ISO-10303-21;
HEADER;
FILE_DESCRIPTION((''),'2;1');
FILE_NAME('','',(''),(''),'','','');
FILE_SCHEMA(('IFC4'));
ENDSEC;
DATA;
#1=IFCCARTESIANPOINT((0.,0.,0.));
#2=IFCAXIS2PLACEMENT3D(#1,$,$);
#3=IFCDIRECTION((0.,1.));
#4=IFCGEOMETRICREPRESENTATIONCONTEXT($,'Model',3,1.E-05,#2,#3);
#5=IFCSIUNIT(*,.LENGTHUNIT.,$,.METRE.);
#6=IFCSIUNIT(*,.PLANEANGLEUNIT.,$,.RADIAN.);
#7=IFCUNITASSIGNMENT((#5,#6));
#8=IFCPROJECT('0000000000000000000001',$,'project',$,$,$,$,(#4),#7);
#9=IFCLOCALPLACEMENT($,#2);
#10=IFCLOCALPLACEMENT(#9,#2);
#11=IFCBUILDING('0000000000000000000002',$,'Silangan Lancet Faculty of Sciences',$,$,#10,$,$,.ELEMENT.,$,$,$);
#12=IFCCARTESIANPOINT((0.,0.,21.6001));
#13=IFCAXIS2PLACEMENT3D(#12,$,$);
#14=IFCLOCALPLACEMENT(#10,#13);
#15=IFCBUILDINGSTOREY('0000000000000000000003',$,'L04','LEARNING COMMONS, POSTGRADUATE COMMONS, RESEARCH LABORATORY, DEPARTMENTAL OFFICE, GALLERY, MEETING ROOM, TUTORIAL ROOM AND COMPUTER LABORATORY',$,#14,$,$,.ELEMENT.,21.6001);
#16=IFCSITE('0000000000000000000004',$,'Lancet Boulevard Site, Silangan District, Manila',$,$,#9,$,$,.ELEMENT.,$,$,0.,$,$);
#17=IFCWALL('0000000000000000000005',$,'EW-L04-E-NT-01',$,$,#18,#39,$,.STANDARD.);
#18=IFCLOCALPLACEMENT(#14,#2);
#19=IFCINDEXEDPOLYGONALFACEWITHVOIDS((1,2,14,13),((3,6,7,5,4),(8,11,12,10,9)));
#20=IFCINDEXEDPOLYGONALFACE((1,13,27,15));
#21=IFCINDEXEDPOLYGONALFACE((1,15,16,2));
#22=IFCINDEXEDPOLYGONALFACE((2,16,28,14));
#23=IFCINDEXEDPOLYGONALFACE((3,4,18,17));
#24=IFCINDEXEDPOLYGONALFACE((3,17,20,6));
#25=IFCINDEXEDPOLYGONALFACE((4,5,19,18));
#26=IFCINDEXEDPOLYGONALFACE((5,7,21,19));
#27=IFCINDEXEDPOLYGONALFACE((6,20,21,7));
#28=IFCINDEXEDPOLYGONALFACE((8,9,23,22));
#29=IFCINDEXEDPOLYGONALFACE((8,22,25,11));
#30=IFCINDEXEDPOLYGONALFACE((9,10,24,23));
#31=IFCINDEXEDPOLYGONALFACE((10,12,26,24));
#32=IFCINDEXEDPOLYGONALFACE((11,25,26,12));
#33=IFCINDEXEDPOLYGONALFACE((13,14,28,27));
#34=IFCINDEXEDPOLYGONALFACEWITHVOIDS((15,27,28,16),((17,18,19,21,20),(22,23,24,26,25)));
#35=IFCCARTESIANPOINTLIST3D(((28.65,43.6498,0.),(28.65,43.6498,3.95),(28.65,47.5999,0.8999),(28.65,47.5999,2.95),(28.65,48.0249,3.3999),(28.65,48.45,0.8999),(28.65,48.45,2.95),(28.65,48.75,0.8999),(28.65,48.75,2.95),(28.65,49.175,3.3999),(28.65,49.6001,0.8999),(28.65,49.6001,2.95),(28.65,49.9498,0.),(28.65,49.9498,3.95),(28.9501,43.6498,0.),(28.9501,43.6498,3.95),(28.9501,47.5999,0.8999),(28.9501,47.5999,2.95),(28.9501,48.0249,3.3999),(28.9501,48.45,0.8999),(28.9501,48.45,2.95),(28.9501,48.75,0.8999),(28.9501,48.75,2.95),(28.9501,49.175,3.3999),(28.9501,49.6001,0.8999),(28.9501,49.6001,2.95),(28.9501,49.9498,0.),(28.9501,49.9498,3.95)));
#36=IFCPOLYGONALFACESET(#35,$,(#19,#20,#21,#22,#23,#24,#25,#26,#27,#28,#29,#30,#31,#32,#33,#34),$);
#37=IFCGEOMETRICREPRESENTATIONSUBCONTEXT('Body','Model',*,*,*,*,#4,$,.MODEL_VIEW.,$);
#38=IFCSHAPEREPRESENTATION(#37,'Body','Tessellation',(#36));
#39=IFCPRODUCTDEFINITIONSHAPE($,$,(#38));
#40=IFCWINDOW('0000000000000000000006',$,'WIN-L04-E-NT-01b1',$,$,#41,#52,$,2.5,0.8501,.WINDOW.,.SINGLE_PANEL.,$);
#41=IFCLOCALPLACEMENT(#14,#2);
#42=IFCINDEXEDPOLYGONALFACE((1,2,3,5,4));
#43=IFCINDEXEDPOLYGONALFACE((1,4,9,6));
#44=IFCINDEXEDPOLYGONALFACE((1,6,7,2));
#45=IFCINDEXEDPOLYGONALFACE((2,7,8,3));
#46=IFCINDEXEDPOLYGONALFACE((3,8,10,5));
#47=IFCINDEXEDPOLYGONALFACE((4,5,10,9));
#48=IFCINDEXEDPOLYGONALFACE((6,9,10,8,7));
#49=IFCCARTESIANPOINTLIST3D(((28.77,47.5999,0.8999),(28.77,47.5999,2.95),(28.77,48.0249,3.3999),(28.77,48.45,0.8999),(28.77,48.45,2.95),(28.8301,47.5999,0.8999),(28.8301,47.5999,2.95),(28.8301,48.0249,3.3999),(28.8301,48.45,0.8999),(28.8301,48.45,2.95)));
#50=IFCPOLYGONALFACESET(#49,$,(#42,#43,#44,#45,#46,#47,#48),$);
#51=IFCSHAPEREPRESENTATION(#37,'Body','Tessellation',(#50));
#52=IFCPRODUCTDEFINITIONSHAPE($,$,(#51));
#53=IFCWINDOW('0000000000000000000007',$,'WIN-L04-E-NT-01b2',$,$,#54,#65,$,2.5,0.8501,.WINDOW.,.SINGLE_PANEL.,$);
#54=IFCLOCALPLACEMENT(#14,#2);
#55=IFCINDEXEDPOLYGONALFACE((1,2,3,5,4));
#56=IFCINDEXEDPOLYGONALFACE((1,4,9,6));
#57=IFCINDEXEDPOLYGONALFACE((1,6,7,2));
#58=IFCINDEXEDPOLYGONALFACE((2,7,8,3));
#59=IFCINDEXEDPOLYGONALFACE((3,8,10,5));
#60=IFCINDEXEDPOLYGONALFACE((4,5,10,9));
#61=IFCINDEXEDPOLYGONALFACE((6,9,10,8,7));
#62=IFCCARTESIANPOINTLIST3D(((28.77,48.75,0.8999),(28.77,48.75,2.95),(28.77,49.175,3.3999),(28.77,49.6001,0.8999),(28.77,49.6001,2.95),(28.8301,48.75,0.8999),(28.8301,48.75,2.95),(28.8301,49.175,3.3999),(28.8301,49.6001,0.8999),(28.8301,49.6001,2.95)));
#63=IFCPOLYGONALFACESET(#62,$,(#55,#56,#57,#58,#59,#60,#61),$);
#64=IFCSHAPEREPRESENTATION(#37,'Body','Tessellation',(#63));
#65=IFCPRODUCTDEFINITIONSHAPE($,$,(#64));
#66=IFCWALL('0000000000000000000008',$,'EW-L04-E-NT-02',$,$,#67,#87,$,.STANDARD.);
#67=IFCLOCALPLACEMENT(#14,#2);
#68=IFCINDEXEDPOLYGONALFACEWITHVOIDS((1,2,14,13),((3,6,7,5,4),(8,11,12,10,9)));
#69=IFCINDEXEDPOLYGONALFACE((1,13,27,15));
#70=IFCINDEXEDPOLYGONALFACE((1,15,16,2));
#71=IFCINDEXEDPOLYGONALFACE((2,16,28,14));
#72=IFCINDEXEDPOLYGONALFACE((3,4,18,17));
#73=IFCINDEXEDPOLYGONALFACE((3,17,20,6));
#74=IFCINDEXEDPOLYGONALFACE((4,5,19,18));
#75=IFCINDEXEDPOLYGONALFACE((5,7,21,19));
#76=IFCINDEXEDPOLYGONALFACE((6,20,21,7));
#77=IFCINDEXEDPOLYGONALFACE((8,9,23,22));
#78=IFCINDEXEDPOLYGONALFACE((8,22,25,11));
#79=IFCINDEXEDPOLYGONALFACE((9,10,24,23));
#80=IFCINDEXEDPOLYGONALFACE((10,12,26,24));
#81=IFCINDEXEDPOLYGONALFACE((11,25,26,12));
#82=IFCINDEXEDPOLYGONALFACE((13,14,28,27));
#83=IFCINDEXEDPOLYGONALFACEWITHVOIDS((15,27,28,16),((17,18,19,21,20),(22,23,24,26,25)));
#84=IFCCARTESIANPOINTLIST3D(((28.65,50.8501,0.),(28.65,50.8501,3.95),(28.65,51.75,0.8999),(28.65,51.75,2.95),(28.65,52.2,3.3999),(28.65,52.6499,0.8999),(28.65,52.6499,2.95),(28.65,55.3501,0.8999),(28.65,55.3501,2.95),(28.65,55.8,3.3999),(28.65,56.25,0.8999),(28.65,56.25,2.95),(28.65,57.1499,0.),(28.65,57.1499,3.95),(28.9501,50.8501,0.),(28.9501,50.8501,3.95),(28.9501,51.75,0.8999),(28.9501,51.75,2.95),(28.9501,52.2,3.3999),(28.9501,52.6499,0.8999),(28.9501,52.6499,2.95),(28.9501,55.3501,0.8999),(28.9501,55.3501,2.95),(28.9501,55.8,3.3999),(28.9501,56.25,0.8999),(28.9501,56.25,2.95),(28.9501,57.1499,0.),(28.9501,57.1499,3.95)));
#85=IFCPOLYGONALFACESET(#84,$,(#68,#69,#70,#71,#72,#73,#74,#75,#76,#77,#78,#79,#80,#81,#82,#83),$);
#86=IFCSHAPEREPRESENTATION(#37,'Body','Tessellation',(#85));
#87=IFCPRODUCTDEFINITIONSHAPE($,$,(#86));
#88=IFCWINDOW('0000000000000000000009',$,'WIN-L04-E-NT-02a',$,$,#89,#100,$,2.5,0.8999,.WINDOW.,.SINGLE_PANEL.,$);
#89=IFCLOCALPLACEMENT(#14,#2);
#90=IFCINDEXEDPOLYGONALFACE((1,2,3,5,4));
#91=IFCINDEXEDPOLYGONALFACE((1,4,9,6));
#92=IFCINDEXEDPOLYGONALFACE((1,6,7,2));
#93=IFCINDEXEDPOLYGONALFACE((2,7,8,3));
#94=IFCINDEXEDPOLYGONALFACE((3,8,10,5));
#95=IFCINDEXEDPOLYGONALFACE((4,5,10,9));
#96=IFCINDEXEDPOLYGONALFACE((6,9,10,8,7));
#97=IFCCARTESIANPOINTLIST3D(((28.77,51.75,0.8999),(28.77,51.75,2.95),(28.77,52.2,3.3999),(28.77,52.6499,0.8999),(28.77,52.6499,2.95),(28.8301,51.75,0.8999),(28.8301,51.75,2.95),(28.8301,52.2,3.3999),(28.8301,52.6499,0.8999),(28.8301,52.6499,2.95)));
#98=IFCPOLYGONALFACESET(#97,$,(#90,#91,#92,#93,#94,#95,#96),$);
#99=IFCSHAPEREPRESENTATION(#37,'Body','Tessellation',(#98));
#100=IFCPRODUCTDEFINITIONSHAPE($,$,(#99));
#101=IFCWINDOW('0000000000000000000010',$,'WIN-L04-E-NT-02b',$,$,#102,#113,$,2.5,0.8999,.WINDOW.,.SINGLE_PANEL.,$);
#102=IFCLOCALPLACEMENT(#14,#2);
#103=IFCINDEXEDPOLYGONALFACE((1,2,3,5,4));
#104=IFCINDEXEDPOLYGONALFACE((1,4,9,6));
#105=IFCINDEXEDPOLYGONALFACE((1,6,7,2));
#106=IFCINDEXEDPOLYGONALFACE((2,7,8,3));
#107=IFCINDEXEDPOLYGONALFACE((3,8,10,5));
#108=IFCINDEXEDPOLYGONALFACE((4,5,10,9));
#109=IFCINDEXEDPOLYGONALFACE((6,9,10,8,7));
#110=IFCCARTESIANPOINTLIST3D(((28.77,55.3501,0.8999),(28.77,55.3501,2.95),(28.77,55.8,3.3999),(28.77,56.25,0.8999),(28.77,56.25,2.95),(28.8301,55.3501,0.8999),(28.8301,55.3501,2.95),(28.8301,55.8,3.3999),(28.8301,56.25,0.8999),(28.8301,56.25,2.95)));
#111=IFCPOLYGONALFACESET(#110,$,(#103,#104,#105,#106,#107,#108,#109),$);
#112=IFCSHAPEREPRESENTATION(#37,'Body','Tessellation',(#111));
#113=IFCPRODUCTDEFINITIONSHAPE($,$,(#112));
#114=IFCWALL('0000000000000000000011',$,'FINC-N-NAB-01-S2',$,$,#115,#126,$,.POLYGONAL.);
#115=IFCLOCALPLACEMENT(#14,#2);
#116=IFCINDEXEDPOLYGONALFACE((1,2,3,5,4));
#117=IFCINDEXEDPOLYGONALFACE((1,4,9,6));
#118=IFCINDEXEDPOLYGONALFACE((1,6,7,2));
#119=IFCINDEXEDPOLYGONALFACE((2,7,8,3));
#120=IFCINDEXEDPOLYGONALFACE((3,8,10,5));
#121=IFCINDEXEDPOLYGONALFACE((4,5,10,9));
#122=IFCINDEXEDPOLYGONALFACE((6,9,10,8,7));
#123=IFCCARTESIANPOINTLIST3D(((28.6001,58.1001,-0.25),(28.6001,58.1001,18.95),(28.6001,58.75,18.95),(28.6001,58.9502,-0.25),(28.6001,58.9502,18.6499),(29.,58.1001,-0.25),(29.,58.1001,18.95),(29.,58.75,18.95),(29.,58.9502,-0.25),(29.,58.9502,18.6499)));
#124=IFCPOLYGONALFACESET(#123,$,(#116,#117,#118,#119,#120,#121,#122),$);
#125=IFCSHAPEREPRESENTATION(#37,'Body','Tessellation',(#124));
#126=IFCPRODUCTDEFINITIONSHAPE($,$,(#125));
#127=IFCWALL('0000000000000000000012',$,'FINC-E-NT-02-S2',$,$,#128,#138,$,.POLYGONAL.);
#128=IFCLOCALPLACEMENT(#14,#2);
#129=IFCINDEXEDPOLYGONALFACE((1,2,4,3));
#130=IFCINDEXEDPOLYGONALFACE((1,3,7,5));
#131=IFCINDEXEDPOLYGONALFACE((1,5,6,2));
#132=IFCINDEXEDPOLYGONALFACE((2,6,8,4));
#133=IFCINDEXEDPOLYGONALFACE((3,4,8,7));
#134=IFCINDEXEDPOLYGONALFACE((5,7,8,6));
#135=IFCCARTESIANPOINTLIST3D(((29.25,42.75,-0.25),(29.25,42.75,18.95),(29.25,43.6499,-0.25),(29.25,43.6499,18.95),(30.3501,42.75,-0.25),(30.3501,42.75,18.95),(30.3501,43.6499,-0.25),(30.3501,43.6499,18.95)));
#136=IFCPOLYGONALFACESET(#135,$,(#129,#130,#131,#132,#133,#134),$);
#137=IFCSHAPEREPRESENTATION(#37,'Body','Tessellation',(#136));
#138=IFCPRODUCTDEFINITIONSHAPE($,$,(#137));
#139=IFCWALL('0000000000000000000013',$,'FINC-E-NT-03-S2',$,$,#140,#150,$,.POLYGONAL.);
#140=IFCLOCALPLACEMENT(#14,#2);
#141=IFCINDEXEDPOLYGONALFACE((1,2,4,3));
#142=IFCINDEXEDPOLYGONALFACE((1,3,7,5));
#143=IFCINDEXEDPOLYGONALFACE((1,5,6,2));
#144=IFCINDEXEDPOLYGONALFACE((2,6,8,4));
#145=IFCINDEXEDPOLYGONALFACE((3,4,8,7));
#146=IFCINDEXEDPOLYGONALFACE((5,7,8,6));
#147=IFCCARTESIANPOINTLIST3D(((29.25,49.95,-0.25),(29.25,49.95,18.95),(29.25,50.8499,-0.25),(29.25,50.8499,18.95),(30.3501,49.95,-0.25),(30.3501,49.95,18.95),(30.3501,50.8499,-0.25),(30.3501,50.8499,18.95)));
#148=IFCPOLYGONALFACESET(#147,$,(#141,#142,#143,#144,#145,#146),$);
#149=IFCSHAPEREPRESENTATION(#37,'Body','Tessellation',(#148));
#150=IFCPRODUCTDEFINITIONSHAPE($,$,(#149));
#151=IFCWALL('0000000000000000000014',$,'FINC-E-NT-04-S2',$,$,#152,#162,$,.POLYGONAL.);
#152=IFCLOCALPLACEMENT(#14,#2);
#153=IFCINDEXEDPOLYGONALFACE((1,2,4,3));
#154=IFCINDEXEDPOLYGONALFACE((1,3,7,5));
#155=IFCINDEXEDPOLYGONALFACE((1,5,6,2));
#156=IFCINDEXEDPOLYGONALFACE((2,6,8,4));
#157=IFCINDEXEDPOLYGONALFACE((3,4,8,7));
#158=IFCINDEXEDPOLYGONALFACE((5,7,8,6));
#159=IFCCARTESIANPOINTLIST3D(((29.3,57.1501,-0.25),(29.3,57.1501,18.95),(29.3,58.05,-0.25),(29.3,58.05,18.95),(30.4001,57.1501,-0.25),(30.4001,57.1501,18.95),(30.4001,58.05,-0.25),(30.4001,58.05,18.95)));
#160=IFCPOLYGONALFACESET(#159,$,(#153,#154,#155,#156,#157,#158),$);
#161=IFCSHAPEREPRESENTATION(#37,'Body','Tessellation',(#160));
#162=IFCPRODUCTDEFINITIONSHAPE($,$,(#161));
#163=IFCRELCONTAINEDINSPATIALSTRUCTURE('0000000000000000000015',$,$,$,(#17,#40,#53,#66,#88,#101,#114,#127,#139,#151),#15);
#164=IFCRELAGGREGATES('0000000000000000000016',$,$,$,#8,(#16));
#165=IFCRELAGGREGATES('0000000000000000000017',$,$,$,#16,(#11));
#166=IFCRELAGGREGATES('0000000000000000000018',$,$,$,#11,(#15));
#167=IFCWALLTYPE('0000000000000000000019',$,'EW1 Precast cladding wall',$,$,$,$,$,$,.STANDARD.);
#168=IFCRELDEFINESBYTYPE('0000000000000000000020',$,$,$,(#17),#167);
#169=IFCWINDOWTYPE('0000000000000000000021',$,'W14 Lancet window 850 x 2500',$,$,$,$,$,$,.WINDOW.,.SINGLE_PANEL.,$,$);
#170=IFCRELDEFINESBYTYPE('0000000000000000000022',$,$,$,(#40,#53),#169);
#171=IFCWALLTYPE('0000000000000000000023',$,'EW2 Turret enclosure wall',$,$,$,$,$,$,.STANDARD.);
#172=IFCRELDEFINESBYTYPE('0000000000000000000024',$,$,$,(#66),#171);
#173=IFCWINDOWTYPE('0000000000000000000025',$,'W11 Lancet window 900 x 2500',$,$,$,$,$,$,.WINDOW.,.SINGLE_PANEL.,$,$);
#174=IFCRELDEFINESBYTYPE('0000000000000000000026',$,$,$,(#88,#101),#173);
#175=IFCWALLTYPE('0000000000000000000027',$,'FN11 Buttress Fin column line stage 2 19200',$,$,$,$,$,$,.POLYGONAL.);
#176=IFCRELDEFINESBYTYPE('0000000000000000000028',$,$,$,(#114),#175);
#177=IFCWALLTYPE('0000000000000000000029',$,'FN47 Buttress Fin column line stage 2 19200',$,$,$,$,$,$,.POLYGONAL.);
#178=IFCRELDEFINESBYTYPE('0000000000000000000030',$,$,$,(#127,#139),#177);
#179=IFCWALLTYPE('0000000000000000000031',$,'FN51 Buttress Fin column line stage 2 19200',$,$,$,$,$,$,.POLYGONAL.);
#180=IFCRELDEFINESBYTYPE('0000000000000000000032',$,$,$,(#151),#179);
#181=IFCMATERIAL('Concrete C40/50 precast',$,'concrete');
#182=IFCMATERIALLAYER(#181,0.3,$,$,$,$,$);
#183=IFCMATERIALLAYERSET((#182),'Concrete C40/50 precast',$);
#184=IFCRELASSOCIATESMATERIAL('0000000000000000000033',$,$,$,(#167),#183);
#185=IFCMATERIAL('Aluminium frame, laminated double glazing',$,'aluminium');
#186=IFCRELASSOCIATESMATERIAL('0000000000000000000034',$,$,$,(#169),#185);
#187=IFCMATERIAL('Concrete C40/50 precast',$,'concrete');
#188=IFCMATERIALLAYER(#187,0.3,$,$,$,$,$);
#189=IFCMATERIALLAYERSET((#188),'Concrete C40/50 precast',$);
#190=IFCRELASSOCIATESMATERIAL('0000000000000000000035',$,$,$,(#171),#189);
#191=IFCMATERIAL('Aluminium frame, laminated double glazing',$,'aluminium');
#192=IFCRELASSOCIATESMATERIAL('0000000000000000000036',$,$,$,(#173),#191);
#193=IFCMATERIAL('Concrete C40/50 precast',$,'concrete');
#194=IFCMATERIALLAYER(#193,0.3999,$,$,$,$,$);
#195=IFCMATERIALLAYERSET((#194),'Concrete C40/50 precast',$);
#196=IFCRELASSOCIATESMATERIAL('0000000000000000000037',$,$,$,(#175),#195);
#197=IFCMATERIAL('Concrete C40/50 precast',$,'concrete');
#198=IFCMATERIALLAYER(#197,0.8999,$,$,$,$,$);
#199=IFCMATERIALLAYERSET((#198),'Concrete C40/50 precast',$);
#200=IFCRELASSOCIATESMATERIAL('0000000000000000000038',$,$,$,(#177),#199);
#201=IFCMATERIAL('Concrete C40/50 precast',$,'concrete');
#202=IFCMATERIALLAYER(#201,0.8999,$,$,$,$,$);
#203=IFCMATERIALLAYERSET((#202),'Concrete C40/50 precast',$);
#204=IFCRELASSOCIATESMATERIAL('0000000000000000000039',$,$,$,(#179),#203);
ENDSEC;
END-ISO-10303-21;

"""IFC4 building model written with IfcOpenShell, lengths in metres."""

from ifc_helpers import new_model, si_unit, direction, frame, frame_2d, origin, place, context, subcontext, project, spatial, polyline, rectangle, outline, extrude, material, layer, layer_set, type_object, element, fill, save


model = new_model("IFC4")

# Units and contexts
model_context = context("Model", 3, precision=1e-05, world=origin(), true_north=direction((0.0, 1.0)))
body_context = subcontext(model_context, "Body", "Model", "MODEL_VIEW")
ifc_project = project(units=[si_unit("LENGTHUNIT", "METRE"), si_unit("PLANEANGLEUNIT", "RADIAN")], contexts=[model_context])

# Site, building, storey
site_placement = place(None, origin())
site = spatial("IfcSite", under=ifc_project, at=site_placement, Name="Lancet Boulevard Site, Silangan District, Manila", CompositionType="ELEMENT", RefElevation=0.0)
building_placement = place(site_placement, origin())
building = spatial("IfcBuilding", under=site, at=building_placement, Name="Silangan Lancet Faculty of Sciences", CompositionType="ELEMENT")
storey_placement = place(building_placement, frame((0.0, 0.0, 21.6001)))
storey = spatial("IfcBuildingStorey", under=building, at=storey_placement, Name="L04", Description="LEARNING COMMONS, POSTGRADUATE COMMONS, RESEARCH LABORATORY, DEPARTMENTAL OFFICE, GALLERY, MEETING ROOM, TUTORIAL ROOM AND COMPUTER LABORATORY", CompositionType="ELEMENT", Elevation=21.6001)

# Walls, openings, windows
ifc_material_1 = material(Name="Concrete C40/50 precast", Category="concrete")
ifc_layer_1 = layer(ifc_material_1, 0.3)
ifc_layer_set_1 = layer_set([ifc_layer_1], Name="Concrete C40/50 precast")
wall_type_1 = type_object("IfcWallType", Name="EW1 Precast cladding wall", PredefinedType="STANDARD", material=ifc_layer_set_1)
ifc_material_2 = material(Name="Aluminium frame, laminated double glazing", Category="aluminium")
window_type_1 = type_object("IfcWindowType", Name="W14 Lancet window 850 x 2500", PartitioningType="SINGLE_PANEL", PredefinedType="WINDOW", material=ifc_material_2)
wall_1_placement = place(storey_placement, frame((28.8, 43.6499, 0.0), z_axis=(0.0, 0.0, 1.0), x_axis=(0.0, 1.0, 0.0)))
wall_1 = element("IfcWall", 1, at=wall_1_placement, inside=storey, type_object=wall_type_1, Name="EW-L04-E-NT-01", PredefinedType="STANDARD", context=body_context, shape_type="SweptSolid", body=[
    extrude(rectangle(XDim=6.3, YDim=0.3, at=frame_2d((3.1499, 0.0))), origin(), (0.0, 0.0, 1.0), 3.95),
])
opening_1_placement = place(wall_1_placement, frame((3.95, 0.0, 0.8999)))
opening_1 = element("IfcOpeningElement", 2, at=opening_1_placement, cuts=wall_1, PredefinedType="OPENING", context=body_context, shape_type="SweptSolid", body=[
    extrude(outline(polyline([(0.0, 0.0), (0.8501, 0.0), (0.8501, 2.05), (0.425, 2.5), (0.0, 2.05), (0.0, 0.0)])), frame((0.0, 0.1599, 0.0), z_axis=(0.0, -1.0, 0.0), x_axis=(1.0, 0.0, 0.0)), (0.0, 0.0, 1.0), 0.3201),
])
opening_2_placement = place(wall_1_placement, frame((5.1001, 0.0, 0.8999)))
opening_2 = element("IfcOpeningElement", 3, at=opening_2_placement, cuts=wall_1, PredefinedType="OPENING", context=body_context, shape_type="SweptSolid", body=[
    extrude(outline(polyline([(0.0, 0.0), (0.8501, 0.0), (0.8501, 2.05), (0.425, 2.5), (0.0, 2.05), (0.0, 0.0)])), frame((0.0, 0.1599, 0.0), z_axis=(0.0, -1.0, 0.0), x_axis=(1.0, 0.0, 0.0)), (0.0, 0.0, 1.0), 0.3201),
])
window_1_placement = place(opening_1_placement, origin())
window_1 = element("IfcWindow", 4, at=window_1_placement, inside=storey, type_object=window_type_1, Name="WIN-L04-E-NT-01b1", OverallHeight=2.5, OverallWidth=0.8501, PartitioningType="SINGLE_PANEL", PredefinedType="WINDOW", context=body_context, shape_type="SweptSolid", body=[
    extrude(outline(polyline([(0.0, 0.0), (0.8501, 0.0), (0.8501, 2.05), (0.425, 2.5), (0.0, 2.05), (0.0, 0.0)])), frame((0.0, 0.03, 0.0), z_axis=(0.0, -1.0, 0.0), x_axis=(1.0, 0.0, 0.0)), (0.0, 0.0, 1.0), 0.0601),
])
fill(opening_1, window_1)
window_2_placement = place(opening_2_placement, origin())
window_2 = element("IfcWindow", 5, at=window_2_placement, inside=storey, type_object=window_type_1, Name="WIN-L04-E-NT-01b2", OverallHeight=2.5, OverallWidth=0.8501, PartitioningType="SINGLE_PANEL", PredefinedType="WINDOW", context=body_context, shape_type="SweptSolid", body=[
    extrude(outline(polyline([(0.0, 0.0), (0.8501, 0.0), (0.8501, 2.05), (0.425, 2.5), (0.0, 2.05), (0.0, 0.0)])), frame((0.0, 0.03, 0.0), z_axis=(0.0, -1.0, 0.0), x_axis=(1.0, 0.0, 0.0)), (0.0, 0.0, 1.0), 0.0601),
])
fill(opening_2, window_2)
ifc_material_3 = material(Name="Concrete C40/50 precast", Category="concrete")
ifc_layer_2 = layer(ifc_material_3, 0.3)
ifc_layer_set_2 = layer_set([ifc_layer_2], Name="Concrete C40/50 precast")
wall_type_2 = type_object("IfcWallType", Name="EW2 Turret enclosure wall", PredefinedType="STANDARD", material=ifc_layer_set_2)
wall_2_placement = place(storey_placement, frame((28.8, 50.8501, 0.0), z_axis=(0.0, 0.0, 1.0), x_axis=(0.0, 1.0, 0.0)))
wall_2 = element("IfcWall", 6, at=wall_2_placement, inside=storey, type_object=wall_type_2, Name="EW-L04-E-NT-02", PredefinedType="STANDARD", context=body_context, shape_type="SweptSolid", body=[
    extrude(rectangle(XDim=6.2998, YDim=0.3, at=frame_2d((3.1499, 0.0))), origin(), (0.0, 0.0, 1.0), 3.95),
])
opening_3_placement = place(wall_2_placement, frame((0.8999, 0.0, 0.8999)))
opening_3 = element("IfcOpeningElement", 7, at=opening_3_placement, cuts=wall_2, PredefinedType="OPENING", context=body_context, shape_type="SweptSolid", body=[
    extrude(outline(polyline([(0.0, 0.0), (0.8999, 0.0), (0.8999, 2.05), (0.45, 2.5), (0.0, 2.05), (0.0, 0.0)])), frame((0.0, 0.1599, 0.0), z_axis=(0.0, -1.0, 0.0), x_axis=(1.0, 0.0, 0.0)), (0.0, 0.0, 1.0), 0.3201),
])
opening_4_placement = place(wall_2_placement, frame((4.5, 0.0, 0.8999)))
opening_4 = element("IfcOpeningElement", 8, at=opening_4_placement, cuts=wall_2, PredefinedType="OPENING", context=body_context, shape_type="SweptSolid", body=[
    extrude(outline(polyline([(0.0, 0.0), (0.8999, 0.0), (0.8999, 2.05), (0.45, 2.5), (0.0, 2.05), (0.0, 0.0)])), frame((0.0, 0.1599, 0.0), z_axis=(0.0, -1.0, 0.0), x_axis=(1.0, 0.0, 0.0)), (0.0, 0.0, 1.0), 0.3201),
])
ifc_material_4 = material(Name="Aluminium frame, laminated double glazing", Category="aluminium")
window_type_2 = type_object("IfcWindowType", Name="W11 Lancet window 900 x 2500", PartitioningType="SINGLE_PANEL", PredefinedType="WINDOW", material=ifc_material_4)
window_3_placement = place(opening_3_placement, origin())
window_3 = element("IfcWindow", 9, at=window_3_placement, inside=storey, type_object=window_type_2, Name="WIN-L04-E-NT-02a", OverallHeight=2.5, OverallWidth=0.8999, PartitioningType="SINGLE_PANEL", PredefinedType="WINDOW", context=body_context, shape_type="SweptSolid", body=[
    extrude(outline(polyline([(0.0, 0.0), (0.8999, 0.0), (0.8999, 2.05), (0.45, 2.5), (0.0, 2.05), (0.0, 0.0)])), frame((0.0, 0.03, 0.0), z_axis=(0.0, -1.0, 0.0), x_axis=(1.0, 0.0, 0.0)), (0.0, 0.0, 1.0), 0.0601),
])
fill(opening_3, window_3)
window_4_placement = place(opening_4_placement, origin())
window_4 = element("IfcWindow", 10, at=window_4_placement, inside=storey, type_object=window_type_2, Name="WIN-L04-E-NT-02b", OverallHeight=2.5, OverallWidth=0.8999, PartitioningType="SINGLE_PANEL", PredefinedType="WINDOW", context=body_context, shape_type="SweptSolid", body=[
    extrude(outline(polyline([(0.0, 0.0), (0.8999, 0.0), (0.8999, 2.05), (0.45, 2.5), (0.0, 2.05), (0.0, 0.0)])), frame((0.0, 0.03, 0.0), z_axis=(0.0, -1.0, 0.0), x_axis=(1.0, 0.0, 0.0)), (0.0, 0.0, 1.0), 0.0601),
])
fill(opening_4, window_4)

# Walls
ifc_material_5 = material(Name="Concrete C40/50 precast", Category="concrete")
ifc_layer_3 = layer(ifc_material_5, 0.3999)
ifc_layer_set_3 = layer_set([ifc_layer_3], Name="Concrete C40/50 precast")
wall_type_3 = type_object("IfcWallType", Name="FN11 Buttress Fin column line stage 2 19200", PredefinedType="POLYGONAL", material=ifc_layer_set_3)
wall_3_placement = place(storey_placement, frame((28.8, 58.1001, -0.25), z_axis=(0.0, 0.0, 1.0), x_axis=(0.0, 1.0, 0.0)))
element("IfcWall", 11, at=wall_3_placement, inside=storey, type_object=wall_type_3, Name="FINC-N-NAB-01-S2", PredefinedType="POLYGONAL", context=body_context, shape_type="SweptSolid", body=[
    extrude(outline(polyline([(0.8501, 0.0), (0.8501, 18.8999), (0.6499, 19.2), (0.0, 19.2), (0.0, 0.0), (0.8501, 0.0)])), frame((0.0, 0.2, 0.0), z_axis=(0.0, -1.0, 0.0), x_axis=(1.0, 0.0, 0.0)), (0.0, 0.0, 1.0), 0.3999),
])
ifc_material_6 = material(Name="Concrete C40/50 precast", Category="concrete")
ifc_layer_4 = layer(ifc_material_6, 0.8999)
ifc_layer_set_4 = layer_set([ifc_layer_4], Name="Concrete C40/50 precast")
wall_type_4 = type_object("IfcWallType", Name="FN47 Buttress Fin column line stage 2 19200", PredefinedType="POLYGONAL", material=ifc_layer_set_4)
for number, where, z_axis, x_axis, name in (
    (12, (29.25, 43.2, -0.25), (0.0, 0.0, 1.0), (1.0, 0.0, 0.0), "FINC-E-NT-02-S2"),
    (13, (29.25, 50.3999, -0.25), (0.0, 0.0, 1.0), (1.0, 0.0, 0.0), "FINC-E-NT-03-S2"),
):
    element("IfcWall", number, at=place(storey_placement, frame(where, z_axis=z_axis, x_axis=x_axis)), inside=storey, type_object=wall_type_4, Name=name, PredefinedType="POLYGONAL", context=body_context, shape_type="SweptSolid", body=[
        extrude(outline(polyline([(1.1001, 0.0), (1.1001, 19.2), (0.0, 19.2), (0.0, 0.0), (1.1001, 0.0)])), frame((0.0, 0.45, 0.0), z_axis=(0.0, -1.0, 0.0), x_axis=(1.0, 0.0, 0.0)), (0.0, 0.0, 1.0), 0.8999),
    ])
ifc_material_7 = material(Name="Concrete C40/50 precast", Category="concrete")
ifc_layer_5 = layer(ifc_material_7, 0.8999)
ifc_layer_set_5 = layer_set([ifc_layer_5], Name="Concrete C40/50 precast")
wall_type_5 = type_object("IfcWallType", Name="FN51 Buttress Fin column line stage 2 19200", PredefinedType="POLYGONAL", material=ifc_layer_set_5)
wall_4_placement = place(storey_placement, frame((29.3, 57.6001, -0.25), z_axis=(0.0, 0.0, 1.0), x_axis=(1.0, 0.0, 0.0)))
element("IfcWall", 14, at=wall_4_placement, inside=storey, type_object=wall_type_5, Name="FINC-E-NT-04-S2", PredefinedType="POLYGONAL", context=body_context, shape_type="SweptSolid", body=[
    extrude(outline(polyline([(1.1001, 0.0), (1.1001, 19.2), (0.0, 19.2), (0.0, 0.0), (1.1001, 0.0)])), frame((0.0, 0.45, 0.0), z_axis=(0.0, -1.0, 0.0), x_axis=(1.0, 0.0, 0.0)), (0.0, 0.0, 1.0), 0.8999),
])

save(model, "model.ifc")
